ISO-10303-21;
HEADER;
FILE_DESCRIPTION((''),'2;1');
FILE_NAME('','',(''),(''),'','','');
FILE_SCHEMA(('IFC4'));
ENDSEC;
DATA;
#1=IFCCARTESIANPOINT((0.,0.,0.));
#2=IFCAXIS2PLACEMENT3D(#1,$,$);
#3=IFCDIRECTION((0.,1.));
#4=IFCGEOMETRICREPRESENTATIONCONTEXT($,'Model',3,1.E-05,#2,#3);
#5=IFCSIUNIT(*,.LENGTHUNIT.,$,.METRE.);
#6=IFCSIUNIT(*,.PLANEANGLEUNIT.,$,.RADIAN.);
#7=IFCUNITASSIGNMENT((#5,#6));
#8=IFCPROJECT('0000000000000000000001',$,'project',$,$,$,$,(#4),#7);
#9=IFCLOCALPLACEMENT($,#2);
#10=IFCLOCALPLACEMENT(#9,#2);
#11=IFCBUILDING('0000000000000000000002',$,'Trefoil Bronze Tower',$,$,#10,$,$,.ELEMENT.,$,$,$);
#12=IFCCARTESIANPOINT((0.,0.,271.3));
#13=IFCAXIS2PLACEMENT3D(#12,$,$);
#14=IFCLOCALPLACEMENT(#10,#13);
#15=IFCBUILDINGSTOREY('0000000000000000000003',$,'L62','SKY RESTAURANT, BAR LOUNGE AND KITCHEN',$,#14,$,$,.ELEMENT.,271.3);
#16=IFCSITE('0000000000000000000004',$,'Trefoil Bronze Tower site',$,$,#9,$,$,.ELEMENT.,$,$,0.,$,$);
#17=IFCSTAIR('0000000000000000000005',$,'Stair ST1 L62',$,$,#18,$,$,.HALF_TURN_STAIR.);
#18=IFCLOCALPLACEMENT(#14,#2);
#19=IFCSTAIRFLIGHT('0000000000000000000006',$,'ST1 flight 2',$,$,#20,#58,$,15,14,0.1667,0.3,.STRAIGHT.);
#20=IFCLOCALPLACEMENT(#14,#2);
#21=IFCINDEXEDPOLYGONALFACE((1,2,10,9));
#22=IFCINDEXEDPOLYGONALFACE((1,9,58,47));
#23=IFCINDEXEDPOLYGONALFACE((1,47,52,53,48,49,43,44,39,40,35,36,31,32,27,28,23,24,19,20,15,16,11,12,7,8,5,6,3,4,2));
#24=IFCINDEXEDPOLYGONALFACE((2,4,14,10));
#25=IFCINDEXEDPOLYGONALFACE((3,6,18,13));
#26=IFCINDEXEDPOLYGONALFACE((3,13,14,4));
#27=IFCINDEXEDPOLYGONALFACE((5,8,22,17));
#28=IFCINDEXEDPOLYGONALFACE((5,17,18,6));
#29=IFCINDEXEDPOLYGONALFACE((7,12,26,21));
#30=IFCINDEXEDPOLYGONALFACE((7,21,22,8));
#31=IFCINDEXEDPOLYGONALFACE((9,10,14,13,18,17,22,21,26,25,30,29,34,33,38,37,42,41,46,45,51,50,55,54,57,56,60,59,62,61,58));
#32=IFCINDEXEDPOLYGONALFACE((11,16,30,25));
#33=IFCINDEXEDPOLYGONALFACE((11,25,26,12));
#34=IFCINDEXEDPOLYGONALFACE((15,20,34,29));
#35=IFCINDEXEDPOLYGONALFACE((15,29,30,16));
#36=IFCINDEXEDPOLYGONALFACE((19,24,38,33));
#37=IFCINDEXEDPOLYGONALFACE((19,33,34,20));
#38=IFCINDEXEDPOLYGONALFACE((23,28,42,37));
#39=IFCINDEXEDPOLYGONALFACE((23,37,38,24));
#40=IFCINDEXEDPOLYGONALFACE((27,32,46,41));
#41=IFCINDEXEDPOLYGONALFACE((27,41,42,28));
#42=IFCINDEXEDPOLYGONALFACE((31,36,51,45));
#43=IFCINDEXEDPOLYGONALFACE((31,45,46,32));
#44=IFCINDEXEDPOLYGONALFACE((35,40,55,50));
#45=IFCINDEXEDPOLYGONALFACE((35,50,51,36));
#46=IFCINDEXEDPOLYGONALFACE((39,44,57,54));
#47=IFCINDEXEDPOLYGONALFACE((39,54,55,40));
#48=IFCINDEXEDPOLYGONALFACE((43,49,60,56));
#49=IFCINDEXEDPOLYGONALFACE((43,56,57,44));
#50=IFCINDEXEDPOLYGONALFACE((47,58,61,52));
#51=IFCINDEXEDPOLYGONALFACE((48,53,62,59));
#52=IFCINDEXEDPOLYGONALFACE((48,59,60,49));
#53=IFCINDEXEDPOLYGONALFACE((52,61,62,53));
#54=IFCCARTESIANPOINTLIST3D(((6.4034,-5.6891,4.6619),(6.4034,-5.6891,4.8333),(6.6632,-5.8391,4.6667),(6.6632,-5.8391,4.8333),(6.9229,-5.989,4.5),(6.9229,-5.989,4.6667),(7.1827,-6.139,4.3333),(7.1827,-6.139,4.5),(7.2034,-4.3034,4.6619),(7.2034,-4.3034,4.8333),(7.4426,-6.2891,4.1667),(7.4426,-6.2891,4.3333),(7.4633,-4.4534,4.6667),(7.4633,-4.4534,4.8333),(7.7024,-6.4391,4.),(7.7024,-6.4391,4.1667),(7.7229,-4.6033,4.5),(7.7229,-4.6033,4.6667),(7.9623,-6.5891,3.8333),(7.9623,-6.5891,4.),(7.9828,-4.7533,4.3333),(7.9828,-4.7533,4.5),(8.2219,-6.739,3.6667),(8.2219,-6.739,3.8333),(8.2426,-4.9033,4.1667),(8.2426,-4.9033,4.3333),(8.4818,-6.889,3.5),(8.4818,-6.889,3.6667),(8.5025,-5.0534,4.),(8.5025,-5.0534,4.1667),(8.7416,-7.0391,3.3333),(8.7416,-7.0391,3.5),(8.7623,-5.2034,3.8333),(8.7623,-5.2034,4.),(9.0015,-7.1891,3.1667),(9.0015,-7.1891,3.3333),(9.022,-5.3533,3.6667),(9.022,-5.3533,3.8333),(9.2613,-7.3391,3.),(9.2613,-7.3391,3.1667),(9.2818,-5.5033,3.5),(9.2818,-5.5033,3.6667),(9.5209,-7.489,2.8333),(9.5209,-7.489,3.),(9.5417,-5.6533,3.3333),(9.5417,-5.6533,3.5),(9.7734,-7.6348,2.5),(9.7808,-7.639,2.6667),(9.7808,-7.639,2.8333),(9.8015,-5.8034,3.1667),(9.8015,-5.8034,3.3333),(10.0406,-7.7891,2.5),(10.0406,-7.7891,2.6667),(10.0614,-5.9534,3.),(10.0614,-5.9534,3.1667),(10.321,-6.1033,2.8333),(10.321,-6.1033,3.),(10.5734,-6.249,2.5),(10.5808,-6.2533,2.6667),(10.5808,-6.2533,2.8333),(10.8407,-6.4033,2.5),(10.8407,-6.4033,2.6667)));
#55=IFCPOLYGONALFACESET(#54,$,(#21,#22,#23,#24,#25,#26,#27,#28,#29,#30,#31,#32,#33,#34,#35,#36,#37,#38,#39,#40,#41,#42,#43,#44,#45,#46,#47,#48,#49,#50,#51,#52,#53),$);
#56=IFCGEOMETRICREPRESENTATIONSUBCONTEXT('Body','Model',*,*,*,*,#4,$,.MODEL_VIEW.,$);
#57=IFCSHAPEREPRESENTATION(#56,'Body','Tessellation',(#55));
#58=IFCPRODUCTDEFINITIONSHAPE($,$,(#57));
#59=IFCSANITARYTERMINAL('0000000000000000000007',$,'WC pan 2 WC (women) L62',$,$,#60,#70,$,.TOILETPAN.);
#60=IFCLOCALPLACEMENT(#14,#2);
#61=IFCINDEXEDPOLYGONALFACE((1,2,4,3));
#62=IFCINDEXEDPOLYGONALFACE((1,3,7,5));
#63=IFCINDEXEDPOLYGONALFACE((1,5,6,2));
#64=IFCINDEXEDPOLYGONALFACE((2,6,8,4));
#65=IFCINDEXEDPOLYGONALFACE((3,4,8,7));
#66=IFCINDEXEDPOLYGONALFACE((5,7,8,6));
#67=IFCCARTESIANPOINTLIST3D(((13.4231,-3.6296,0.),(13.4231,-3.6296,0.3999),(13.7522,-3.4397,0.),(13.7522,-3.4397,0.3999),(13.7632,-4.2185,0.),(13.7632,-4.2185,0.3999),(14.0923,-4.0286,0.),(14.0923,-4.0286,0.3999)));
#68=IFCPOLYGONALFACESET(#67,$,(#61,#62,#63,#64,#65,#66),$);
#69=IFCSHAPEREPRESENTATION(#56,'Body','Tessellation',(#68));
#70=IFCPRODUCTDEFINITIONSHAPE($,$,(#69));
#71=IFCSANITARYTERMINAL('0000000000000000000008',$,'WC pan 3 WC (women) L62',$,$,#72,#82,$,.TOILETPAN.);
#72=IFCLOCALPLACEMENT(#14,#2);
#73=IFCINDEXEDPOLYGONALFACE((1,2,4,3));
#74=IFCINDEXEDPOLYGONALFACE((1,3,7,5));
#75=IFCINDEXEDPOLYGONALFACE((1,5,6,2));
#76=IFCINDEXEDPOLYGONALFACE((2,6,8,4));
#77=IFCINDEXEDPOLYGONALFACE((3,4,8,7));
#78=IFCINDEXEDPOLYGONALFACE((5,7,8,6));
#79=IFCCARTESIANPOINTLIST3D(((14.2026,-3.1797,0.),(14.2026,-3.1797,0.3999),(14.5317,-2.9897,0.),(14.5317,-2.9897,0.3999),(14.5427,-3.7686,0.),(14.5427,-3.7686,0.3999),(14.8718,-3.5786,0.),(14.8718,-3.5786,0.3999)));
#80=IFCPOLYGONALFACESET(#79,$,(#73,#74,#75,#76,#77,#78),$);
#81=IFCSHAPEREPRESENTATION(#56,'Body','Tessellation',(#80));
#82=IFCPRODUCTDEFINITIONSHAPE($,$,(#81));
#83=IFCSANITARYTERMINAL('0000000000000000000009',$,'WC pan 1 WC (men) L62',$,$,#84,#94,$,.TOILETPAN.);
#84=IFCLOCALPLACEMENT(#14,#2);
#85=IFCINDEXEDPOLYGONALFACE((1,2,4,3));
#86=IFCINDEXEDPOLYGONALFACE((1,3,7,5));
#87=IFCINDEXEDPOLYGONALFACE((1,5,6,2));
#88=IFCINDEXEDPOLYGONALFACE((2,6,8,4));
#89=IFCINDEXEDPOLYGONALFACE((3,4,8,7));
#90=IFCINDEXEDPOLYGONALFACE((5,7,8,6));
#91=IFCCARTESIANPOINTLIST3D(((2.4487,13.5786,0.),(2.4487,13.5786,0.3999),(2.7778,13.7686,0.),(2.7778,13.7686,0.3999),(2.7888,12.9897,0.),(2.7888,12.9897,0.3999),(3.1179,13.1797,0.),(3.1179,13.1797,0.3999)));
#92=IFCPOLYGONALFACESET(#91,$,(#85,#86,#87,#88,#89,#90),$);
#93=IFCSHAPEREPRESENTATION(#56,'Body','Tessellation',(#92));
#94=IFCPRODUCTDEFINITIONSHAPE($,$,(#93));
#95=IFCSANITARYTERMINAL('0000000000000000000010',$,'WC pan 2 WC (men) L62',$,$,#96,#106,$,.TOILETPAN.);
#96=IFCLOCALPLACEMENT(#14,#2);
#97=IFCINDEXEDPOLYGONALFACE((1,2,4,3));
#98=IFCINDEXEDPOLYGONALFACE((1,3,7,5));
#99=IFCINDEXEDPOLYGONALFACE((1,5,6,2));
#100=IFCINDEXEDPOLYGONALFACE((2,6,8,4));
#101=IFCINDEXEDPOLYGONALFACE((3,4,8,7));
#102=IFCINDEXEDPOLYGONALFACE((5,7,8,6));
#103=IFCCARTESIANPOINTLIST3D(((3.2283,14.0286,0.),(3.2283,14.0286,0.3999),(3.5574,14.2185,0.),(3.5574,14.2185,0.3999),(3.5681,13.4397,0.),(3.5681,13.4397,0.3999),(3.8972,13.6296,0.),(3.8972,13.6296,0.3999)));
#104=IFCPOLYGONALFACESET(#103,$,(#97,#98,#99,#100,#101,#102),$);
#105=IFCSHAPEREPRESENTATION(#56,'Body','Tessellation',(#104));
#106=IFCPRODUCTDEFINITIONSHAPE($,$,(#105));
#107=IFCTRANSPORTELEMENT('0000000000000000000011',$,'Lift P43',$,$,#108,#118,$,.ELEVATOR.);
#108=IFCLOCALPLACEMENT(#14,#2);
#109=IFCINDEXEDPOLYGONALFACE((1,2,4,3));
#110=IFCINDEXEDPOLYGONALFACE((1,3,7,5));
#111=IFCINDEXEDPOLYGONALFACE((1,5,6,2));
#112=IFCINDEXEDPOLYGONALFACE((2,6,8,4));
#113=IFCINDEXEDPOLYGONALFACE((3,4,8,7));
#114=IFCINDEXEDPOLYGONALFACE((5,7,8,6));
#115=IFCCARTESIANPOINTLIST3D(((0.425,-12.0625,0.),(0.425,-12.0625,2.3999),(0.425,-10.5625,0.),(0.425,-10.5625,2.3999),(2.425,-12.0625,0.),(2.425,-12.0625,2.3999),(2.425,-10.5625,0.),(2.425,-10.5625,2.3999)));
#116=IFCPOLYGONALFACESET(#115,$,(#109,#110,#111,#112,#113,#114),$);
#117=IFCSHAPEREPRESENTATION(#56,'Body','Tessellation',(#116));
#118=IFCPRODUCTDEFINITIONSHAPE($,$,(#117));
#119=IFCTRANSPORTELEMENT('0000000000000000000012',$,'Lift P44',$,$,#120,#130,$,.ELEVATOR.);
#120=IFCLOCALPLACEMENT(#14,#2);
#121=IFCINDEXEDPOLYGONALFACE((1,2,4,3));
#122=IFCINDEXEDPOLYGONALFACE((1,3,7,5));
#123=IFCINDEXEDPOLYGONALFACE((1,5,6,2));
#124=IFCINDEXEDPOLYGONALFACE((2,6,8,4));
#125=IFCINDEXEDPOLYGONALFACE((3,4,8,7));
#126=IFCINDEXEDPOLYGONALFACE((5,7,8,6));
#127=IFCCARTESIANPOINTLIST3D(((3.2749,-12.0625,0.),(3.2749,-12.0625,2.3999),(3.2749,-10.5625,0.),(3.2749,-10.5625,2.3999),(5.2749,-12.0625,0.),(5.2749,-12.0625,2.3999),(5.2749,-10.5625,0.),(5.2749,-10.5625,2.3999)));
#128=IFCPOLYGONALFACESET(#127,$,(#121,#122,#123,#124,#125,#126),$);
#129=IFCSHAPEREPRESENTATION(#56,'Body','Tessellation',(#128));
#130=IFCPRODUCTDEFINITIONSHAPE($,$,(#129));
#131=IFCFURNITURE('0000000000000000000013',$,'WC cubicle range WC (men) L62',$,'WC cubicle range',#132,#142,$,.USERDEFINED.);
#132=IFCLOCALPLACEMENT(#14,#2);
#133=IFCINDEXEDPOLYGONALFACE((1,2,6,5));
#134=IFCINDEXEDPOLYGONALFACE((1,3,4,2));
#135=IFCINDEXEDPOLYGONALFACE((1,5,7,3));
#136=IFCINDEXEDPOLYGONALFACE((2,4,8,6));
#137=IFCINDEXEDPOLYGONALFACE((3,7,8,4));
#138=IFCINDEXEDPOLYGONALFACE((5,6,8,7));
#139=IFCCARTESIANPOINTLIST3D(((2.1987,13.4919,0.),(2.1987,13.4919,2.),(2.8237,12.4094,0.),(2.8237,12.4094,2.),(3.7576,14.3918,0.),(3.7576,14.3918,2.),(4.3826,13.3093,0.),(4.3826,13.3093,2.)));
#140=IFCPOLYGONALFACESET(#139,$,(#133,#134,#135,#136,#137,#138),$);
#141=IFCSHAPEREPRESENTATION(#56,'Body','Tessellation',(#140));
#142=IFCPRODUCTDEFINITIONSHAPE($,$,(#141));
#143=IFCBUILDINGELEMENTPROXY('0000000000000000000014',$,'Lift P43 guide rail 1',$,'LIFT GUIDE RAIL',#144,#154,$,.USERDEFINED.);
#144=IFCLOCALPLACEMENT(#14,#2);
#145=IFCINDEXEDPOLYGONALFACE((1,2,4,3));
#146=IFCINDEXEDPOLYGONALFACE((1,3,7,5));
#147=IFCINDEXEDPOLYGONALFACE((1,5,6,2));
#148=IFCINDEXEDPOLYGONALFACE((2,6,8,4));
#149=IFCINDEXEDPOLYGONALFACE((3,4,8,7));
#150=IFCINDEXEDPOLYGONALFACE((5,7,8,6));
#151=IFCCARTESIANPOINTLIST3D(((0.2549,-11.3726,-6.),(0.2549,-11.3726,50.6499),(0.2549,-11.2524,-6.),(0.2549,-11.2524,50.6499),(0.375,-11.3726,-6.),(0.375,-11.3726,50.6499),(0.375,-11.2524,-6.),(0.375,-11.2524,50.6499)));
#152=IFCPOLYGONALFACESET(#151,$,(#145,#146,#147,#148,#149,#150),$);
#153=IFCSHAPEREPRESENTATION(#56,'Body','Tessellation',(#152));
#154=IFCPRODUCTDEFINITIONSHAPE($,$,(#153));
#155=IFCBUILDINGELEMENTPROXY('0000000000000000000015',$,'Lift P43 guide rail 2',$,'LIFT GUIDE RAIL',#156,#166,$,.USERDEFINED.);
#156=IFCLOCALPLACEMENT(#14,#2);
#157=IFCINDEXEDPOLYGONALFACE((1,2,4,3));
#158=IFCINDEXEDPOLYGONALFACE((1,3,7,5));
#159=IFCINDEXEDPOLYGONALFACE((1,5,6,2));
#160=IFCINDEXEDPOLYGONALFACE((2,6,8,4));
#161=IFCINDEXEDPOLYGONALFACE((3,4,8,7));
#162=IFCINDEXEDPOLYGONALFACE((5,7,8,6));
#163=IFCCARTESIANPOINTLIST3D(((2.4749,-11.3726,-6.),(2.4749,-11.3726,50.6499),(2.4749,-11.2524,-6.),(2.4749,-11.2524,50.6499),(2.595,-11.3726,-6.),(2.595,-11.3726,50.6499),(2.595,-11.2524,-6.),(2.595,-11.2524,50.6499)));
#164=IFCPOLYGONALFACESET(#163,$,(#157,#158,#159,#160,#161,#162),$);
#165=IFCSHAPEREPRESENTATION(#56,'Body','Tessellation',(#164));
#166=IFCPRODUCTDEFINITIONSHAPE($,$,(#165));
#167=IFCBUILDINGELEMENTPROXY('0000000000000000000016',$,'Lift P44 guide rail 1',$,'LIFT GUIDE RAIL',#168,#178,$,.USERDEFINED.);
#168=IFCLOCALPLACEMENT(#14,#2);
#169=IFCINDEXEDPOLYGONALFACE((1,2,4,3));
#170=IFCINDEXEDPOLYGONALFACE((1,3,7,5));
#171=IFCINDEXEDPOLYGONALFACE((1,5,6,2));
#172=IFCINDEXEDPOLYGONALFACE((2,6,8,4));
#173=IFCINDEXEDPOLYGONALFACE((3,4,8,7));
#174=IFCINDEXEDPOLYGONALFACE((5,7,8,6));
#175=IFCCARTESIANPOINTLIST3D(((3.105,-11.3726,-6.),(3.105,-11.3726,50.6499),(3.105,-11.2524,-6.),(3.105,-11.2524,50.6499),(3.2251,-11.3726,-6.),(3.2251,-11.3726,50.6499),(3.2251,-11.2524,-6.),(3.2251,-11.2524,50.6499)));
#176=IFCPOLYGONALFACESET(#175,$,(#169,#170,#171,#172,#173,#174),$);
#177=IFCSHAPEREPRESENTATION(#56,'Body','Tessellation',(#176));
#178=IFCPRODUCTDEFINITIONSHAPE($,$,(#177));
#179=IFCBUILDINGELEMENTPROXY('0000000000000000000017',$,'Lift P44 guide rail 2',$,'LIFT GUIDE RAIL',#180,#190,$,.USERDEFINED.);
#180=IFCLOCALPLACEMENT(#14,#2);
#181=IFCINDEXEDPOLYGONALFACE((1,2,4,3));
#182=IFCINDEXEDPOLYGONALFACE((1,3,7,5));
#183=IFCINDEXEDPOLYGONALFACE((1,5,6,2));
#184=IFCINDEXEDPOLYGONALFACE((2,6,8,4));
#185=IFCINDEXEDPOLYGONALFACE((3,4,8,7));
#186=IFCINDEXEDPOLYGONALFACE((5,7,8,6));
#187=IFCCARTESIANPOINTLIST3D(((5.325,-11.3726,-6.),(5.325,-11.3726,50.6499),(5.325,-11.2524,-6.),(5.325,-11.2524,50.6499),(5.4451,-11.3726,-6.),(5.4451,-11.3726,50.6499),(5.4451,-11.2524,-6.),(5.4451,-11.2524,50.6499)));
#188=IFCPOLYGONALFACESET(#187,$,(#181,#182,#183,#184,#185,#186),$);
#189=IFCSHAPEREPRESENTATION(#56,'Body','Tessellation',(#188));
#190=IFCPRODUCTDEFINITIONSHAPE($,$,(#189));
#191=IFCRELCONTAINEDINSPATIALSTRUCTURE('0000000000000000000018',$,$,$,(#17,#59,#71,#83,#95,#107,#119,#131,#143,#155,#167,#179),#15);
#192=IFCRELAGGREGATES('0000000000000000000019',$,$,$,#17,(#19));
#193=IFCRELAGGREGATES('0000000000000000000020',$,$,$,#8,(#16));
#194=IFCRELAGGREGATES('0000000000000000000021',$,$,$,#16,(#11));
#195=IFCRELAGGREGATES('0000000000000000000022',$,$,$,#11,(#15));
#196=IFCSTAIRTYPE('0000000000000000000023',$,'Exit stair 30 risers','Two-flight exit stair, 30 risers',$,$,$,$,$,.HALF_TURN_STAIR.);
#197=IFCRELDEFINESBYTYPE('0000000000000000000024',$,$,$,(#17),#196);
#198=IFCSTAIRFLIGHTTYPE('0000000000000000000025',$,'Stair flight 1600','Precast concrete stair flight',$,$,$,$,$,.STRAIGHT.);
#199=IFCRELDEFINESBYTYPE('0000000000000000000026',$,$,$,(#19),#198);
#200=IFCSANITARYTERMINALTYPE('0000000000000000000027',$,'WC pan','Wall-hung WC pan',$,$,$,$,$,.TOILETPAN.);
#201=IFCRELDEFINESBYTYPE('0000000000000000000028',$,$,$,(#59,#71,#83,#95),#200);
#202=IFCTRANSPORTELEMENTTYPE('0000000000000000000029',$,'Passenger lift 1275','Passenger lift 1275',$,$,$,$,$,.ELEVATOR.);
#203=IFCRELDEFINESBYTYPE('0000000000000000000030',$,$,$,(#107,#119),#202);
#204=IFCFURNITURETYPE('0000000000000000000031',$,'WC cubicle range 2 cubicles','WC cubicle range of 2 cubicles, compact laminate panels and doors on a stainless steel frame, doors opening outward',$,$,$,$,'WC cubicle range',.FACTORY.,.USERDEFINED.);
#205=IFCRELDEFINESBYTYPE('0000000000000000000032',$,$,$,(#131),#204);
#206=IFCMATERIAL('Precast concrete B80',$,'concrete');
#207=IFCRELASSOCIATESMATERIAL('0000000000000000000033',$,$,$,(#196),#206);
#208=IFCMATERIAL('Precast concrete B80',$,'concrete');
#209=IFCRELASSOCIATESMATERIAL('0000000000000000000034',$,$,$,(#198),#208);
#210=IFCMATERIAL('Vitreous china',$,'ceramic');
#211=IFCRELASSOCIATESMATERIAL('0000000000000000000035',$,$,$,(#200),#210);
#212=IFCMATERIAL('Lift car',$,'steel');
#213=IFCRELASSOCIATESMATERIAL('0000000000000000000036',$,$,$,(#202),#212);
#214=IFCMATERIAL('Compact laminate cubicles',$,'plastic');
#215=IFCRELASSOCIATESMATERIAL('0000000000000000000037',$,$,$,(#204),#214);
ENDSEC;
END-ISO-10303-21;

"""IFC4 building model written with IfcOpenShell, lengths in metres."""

from ifc_helpers import new_model, si_unit, direction, frame, origin, origin_2d, place, context, subcontext, project, spatial, polyline, rectangle, outline, extrude, material, type_object, element, aggregate, save


model = new_model("IFC4")

# Units and contexts
model_context = context("Model", 3, precision=1e-05, world=origin(), true_north=direction((0.0, 1.0)))
body_context = subcontext(model_context, "Body", "Model", "MODEL_VIEW")
ifc_project = project(units=[si_unit("LENGTHUNIT", "METRE"), si_unit("PLANEANGLEUNIT", "RADIAN")], contexts=[model_context])

# Site, building, storey
site_placement = place(None, origin())
site = spatial("IfcSite", under=ifc_project, at=site_placement, Name="Trefoil Bronze Tower site", CompositionType="ELEMENT", RefElevation=0.0)
building_placement = place(site_placement, origin())
building = spatial("IfcBuilding", under=site, at=building_placement, Name="Trefoil Bronze Tower", CompositionType="ELEMENT")
storey_placement = place(building_placement, frame((0.0, 0.0, 271.3)))
storey = spatial("IfcBuildingStorey", under=building, at=storey_placement, Name="L62", Description="SKY RESTAURANT, BAR LOUNGE AND KITCHEN", CompositionType="ELEMENT", Elevation=271.3)

# Stair, stair flight
ifc_material_1 = material(Name="Precast concrete B80", Category="concrete")
stair_type = type_object("IfcStairType", Name="Exit stair 30 risers", Description="Two-flight exit stair, 30 risers", PredefinedType="HALF_TURN_STAIR", material=ifc_material_1)
stair_placement = place(storey_placement, origin())
stair = element("IfcStair", 1, at=stair_placement, inside=storey, type_object=stair_type, Name="Stair ST1 L62", PredefinedType="HALF_TURN_STAIR")
ifc_material_2 = material(Name="Precast concrete B80", Category="concrete")
stair_flight_type = type_object("IfcStairFlightType", Name="Stair flight 1600", Description="Precast concrete stair flight", PredefinedType="STRAIGHT", material=ifc_material_2)
stair_flight_1_placement = place(storey_placement, frame((10.4407, -7.0962, 2.5), z_axis=(0.0, 0.0, 1.0), x_axis=(-0.866025, 0.5, 0.0)))
stair_flight_1 = element("IfcStairFlight", 2, at=stair_flight_1_placement, type_object=stair_flight_type, Name="ST1 flight 2", NumberOfRisers=15, NumberOfTreads=14, PredefinedType="STRAIGHT", RiserHeight=0.1667, TreadLength=0.3, context=body_context, shape_type="SweptSolid", body=[
    extrude(outline(polyline([(0.0, 0.0), (0.0, 0.1667), (0.3, 0.1667), (0.3, 0.3333), (0.6001, 0.3333), (0.6001, 0.5), (0.8999, 0.5), (0.8999, 0.6667), (1.2, 0.6667), (1.2, 0.8333), (1.5, 0.8333), (1.5, 1.0), (1.8, 1.0), (1.8, 1.1667), (2.1001, 1.1667), (2.1001, 1.3333), (2.3999, 1.3333), (2.3999, 1.5), (2.7, 1.5), (2.7, 1.6667), (3.0, 1.6667), (3.0, 1.8333), (3.3, 1.8333), (3.3, 2.0), (3.6001, 2.0), (3.6001, 2.1667), (3.8999, 2.1667), (3.8999, 2.3333), (4.2, 2.3333), (4.2, 2.5), (4.2, 2.1619), (0.3086, 0.0), (0.0, 0.0)])), frame((0.0, 0.8, 0.0), z_axis=(0.0, -1.0, 0.0), x_axis=(1.0, 0.0, 0.0)), (0.0, 0.0, 1.0), 1.6001),
])
aggregate(stair, [stair_flight_1])

# Sanitary terminals
ifc_material_3 = material(Name="Vitreous china", Category="ceramic")
sanitary_terminal_type = type_object("IfcSanitaryTerminalType", Name="WC pan", Description="Wall-hung WC pan", PredefinedType="TOILETPAN", material=ifc_material_3)
sanitary_terminal_1_placement = place(storey_placement, origin())
element("IfcSanitaryTerminal", 3, at=sanitary_terminal_1_placement, inside=storey, type_object=sanitary_terminal_type, Name="WC pan 2 WC (women) L62", PredefinedType="TOILETPAN", context=body_context, shape_type="SweptSolid", body=[
    extrude(outline(polyline([(13.4231, -3.6296), (13.7632, -4.2185), (14.0923, -4.0286), (13.7522, -3.4397), (13.4231, -3.6296)])), origin(), (0.0, 0.0, 1.0), 0.3999),
])
sanitary_terminal_2_placement = place(storey_placement, origin())
element("IfcSanitaryTerminal", 4, at=sanitary_terminal_2_placement, inside=storey, type_object=sanitary_terminal_type, Name="WC pan 3 WC (women) L62", PredefinedType="TOILETPAN", context=body_context, shape_type="SweptSolid", body=[
    extrude(outline(polyline([(14.2026, -3.1797), (14.5427, -3.7686), (14.8718, -3.5786), (14.5317, -2.9897), (14.2026, -3.1797)])), origin(), (0.0, 0.0, 1.0), 0.3999),
])
sanitary_terminal_3_placement = place(storey_placement, origin())
element("IfcSanitaryTerminal", 5, at=sanitary_terminal_3_placement, inside=storey, type_object=sanitary_terminal_type, Name="WC pan 1 WC (men) L62", PredefinedType="TOILETPAN", context=body_context, shape_type="SweptSolid", body=[
    extrude(outline(polyline([(2.7888, 12.9897), (2.4487, 13.5786), (2.7778, 13.7686), (3.1179, 13.1797), (2.7888, 12.9897)])), origin(), (0.0, 0.0, 1.0), 0.3999),
])
sanitary_terminal_4_placement = place(storey_placement, origin())
element("IfcSanitaryTerminal", 6, at=sanitary_terminal_4_placement, inside=storey, type_object=sanitary_terminal_type, Name="WC pan 2 WC (men) L62", PredefinedType="TOILETPAN", context=body_context, shape_type="SweptSolid", body=[
    extrude(outline(polyline([(3.5681, 13.4397), (3.2283, 14.0286), (3.5574, 14.2185), (3.8972, 13.6296), (3.5681, 13.4397)])), origin(), (0.0, 0.0, 1.0), 0.3999),
])

# Transport elements
ifc_material_4 = material(Name="Lift car", Category="steel")
transport_element_type = type_object("IfcTransportElementType", Name="Passenger lift 1275", Description="Passenger lift 1275", PredefinedType="ELEVATOR", material=ifc_material_4)
for number, where, z_axis, x_axis, name in (
    (7, (1.425, -11.3125, 0.0), (0.0, 0.0, 1.0), (1.0, 0.0, 0.0), "Lift P43"),
    (8, (4.2749, -11.3125, 0.0), (0.0, 0.0, 1.0), (1.0, 0.0, 0.0), "Lift P44"),
):
    element("IfcTransportElement", number, at=place(storey_placement, frame(where, z_axis=z_axis, x_axis=x_axis)), inside=storey, type_object=transport_element_type, Name=name, PredefinedType="ELEVATOR", context=body_context, shape_type="SweptSolid", body=[
        extrude(rectangle(XDim=2.0, YDim=1.5, at=origin_2d()), origin(), (0.0, 0.0, 1.0), 2.3999),
    ])

# Furniture
ifc_material_5 = material(Name="Compact laminate cubicles", Category="plastic")
furniture_type = type_object("IfcFurnitureType", Name="WC cubicle range 2 cubicles", Description="WC cubicle range of 2 cubicles, compact laminate panels and doors on a stainless steel frame, doors opening outward", ElementType="WC cubicle range", AssemblyPlace="FACTORY", PredefinedType="USERDEFINED", material=ifc_material_5)
furniture_placement = place(storey_placement, origin())
element("IfcFurniture", 9, at=furniture_placement, inside=storey, type_object=furniture_type, Name="WC cubicle range WC (men) L62", ObjectType="WC cubicle range", PredefinedType="USERDEFINED", context=body_context, shape_type="SweptSolid", body=[
    extrude(outline(polyline([(2.8237, 12.4094), (2.1987, 13.4919), (3.7576, 14.3918), (4.3826, 13.3093), (2.8237, 12.4094)])), origin(), (0.0, 0.0, 1.0), 2.0),
])

# Building element proxies
for number, where, z_axis, x_axis, name in (
    (10, (0.3149, -11.3125, -6.0), (0.0, 0.0, 1.0), (1.0, 0.0, 0.0), "Lift P43 guide rail 1"),
    (11, (2.5349, -11.3125, -6.0), (0.0, 0.0, 1.0), (1.0, 0.0, 0.0), "Lift P43 guide rail 2"),
    (12, (3.165, -11.3125, -6.0), (0.0, 0.0, 1.0), (1.0, 0.0, 0.0), "Lift P44 guide rail 1"),
    (13, (5.385, -11.3125, -6.0), (0.0, 0.0, 1.0), (1.0, 0.0, 0.0), "Lift P44 guide rail 2"),
):
    element("IfcBuildingElementProxy", number, at=place(storey_placement, frame(where, z_axis=z_axis, x_axis=x_axis)), inside=storey, Name=name, ObjectType="LIFT GUIDE RAIL", PredefinedType="USERDEFINED", context=body_context, shape_type="SweptSolid", body=[
        extrude(rectangle(XDim=0.1201, YDim=0.1201, at=origin_2d()), origin(), (0.0, 0.0, 1.0), 56.6499),
    ])

save(model, "model.ifc")
